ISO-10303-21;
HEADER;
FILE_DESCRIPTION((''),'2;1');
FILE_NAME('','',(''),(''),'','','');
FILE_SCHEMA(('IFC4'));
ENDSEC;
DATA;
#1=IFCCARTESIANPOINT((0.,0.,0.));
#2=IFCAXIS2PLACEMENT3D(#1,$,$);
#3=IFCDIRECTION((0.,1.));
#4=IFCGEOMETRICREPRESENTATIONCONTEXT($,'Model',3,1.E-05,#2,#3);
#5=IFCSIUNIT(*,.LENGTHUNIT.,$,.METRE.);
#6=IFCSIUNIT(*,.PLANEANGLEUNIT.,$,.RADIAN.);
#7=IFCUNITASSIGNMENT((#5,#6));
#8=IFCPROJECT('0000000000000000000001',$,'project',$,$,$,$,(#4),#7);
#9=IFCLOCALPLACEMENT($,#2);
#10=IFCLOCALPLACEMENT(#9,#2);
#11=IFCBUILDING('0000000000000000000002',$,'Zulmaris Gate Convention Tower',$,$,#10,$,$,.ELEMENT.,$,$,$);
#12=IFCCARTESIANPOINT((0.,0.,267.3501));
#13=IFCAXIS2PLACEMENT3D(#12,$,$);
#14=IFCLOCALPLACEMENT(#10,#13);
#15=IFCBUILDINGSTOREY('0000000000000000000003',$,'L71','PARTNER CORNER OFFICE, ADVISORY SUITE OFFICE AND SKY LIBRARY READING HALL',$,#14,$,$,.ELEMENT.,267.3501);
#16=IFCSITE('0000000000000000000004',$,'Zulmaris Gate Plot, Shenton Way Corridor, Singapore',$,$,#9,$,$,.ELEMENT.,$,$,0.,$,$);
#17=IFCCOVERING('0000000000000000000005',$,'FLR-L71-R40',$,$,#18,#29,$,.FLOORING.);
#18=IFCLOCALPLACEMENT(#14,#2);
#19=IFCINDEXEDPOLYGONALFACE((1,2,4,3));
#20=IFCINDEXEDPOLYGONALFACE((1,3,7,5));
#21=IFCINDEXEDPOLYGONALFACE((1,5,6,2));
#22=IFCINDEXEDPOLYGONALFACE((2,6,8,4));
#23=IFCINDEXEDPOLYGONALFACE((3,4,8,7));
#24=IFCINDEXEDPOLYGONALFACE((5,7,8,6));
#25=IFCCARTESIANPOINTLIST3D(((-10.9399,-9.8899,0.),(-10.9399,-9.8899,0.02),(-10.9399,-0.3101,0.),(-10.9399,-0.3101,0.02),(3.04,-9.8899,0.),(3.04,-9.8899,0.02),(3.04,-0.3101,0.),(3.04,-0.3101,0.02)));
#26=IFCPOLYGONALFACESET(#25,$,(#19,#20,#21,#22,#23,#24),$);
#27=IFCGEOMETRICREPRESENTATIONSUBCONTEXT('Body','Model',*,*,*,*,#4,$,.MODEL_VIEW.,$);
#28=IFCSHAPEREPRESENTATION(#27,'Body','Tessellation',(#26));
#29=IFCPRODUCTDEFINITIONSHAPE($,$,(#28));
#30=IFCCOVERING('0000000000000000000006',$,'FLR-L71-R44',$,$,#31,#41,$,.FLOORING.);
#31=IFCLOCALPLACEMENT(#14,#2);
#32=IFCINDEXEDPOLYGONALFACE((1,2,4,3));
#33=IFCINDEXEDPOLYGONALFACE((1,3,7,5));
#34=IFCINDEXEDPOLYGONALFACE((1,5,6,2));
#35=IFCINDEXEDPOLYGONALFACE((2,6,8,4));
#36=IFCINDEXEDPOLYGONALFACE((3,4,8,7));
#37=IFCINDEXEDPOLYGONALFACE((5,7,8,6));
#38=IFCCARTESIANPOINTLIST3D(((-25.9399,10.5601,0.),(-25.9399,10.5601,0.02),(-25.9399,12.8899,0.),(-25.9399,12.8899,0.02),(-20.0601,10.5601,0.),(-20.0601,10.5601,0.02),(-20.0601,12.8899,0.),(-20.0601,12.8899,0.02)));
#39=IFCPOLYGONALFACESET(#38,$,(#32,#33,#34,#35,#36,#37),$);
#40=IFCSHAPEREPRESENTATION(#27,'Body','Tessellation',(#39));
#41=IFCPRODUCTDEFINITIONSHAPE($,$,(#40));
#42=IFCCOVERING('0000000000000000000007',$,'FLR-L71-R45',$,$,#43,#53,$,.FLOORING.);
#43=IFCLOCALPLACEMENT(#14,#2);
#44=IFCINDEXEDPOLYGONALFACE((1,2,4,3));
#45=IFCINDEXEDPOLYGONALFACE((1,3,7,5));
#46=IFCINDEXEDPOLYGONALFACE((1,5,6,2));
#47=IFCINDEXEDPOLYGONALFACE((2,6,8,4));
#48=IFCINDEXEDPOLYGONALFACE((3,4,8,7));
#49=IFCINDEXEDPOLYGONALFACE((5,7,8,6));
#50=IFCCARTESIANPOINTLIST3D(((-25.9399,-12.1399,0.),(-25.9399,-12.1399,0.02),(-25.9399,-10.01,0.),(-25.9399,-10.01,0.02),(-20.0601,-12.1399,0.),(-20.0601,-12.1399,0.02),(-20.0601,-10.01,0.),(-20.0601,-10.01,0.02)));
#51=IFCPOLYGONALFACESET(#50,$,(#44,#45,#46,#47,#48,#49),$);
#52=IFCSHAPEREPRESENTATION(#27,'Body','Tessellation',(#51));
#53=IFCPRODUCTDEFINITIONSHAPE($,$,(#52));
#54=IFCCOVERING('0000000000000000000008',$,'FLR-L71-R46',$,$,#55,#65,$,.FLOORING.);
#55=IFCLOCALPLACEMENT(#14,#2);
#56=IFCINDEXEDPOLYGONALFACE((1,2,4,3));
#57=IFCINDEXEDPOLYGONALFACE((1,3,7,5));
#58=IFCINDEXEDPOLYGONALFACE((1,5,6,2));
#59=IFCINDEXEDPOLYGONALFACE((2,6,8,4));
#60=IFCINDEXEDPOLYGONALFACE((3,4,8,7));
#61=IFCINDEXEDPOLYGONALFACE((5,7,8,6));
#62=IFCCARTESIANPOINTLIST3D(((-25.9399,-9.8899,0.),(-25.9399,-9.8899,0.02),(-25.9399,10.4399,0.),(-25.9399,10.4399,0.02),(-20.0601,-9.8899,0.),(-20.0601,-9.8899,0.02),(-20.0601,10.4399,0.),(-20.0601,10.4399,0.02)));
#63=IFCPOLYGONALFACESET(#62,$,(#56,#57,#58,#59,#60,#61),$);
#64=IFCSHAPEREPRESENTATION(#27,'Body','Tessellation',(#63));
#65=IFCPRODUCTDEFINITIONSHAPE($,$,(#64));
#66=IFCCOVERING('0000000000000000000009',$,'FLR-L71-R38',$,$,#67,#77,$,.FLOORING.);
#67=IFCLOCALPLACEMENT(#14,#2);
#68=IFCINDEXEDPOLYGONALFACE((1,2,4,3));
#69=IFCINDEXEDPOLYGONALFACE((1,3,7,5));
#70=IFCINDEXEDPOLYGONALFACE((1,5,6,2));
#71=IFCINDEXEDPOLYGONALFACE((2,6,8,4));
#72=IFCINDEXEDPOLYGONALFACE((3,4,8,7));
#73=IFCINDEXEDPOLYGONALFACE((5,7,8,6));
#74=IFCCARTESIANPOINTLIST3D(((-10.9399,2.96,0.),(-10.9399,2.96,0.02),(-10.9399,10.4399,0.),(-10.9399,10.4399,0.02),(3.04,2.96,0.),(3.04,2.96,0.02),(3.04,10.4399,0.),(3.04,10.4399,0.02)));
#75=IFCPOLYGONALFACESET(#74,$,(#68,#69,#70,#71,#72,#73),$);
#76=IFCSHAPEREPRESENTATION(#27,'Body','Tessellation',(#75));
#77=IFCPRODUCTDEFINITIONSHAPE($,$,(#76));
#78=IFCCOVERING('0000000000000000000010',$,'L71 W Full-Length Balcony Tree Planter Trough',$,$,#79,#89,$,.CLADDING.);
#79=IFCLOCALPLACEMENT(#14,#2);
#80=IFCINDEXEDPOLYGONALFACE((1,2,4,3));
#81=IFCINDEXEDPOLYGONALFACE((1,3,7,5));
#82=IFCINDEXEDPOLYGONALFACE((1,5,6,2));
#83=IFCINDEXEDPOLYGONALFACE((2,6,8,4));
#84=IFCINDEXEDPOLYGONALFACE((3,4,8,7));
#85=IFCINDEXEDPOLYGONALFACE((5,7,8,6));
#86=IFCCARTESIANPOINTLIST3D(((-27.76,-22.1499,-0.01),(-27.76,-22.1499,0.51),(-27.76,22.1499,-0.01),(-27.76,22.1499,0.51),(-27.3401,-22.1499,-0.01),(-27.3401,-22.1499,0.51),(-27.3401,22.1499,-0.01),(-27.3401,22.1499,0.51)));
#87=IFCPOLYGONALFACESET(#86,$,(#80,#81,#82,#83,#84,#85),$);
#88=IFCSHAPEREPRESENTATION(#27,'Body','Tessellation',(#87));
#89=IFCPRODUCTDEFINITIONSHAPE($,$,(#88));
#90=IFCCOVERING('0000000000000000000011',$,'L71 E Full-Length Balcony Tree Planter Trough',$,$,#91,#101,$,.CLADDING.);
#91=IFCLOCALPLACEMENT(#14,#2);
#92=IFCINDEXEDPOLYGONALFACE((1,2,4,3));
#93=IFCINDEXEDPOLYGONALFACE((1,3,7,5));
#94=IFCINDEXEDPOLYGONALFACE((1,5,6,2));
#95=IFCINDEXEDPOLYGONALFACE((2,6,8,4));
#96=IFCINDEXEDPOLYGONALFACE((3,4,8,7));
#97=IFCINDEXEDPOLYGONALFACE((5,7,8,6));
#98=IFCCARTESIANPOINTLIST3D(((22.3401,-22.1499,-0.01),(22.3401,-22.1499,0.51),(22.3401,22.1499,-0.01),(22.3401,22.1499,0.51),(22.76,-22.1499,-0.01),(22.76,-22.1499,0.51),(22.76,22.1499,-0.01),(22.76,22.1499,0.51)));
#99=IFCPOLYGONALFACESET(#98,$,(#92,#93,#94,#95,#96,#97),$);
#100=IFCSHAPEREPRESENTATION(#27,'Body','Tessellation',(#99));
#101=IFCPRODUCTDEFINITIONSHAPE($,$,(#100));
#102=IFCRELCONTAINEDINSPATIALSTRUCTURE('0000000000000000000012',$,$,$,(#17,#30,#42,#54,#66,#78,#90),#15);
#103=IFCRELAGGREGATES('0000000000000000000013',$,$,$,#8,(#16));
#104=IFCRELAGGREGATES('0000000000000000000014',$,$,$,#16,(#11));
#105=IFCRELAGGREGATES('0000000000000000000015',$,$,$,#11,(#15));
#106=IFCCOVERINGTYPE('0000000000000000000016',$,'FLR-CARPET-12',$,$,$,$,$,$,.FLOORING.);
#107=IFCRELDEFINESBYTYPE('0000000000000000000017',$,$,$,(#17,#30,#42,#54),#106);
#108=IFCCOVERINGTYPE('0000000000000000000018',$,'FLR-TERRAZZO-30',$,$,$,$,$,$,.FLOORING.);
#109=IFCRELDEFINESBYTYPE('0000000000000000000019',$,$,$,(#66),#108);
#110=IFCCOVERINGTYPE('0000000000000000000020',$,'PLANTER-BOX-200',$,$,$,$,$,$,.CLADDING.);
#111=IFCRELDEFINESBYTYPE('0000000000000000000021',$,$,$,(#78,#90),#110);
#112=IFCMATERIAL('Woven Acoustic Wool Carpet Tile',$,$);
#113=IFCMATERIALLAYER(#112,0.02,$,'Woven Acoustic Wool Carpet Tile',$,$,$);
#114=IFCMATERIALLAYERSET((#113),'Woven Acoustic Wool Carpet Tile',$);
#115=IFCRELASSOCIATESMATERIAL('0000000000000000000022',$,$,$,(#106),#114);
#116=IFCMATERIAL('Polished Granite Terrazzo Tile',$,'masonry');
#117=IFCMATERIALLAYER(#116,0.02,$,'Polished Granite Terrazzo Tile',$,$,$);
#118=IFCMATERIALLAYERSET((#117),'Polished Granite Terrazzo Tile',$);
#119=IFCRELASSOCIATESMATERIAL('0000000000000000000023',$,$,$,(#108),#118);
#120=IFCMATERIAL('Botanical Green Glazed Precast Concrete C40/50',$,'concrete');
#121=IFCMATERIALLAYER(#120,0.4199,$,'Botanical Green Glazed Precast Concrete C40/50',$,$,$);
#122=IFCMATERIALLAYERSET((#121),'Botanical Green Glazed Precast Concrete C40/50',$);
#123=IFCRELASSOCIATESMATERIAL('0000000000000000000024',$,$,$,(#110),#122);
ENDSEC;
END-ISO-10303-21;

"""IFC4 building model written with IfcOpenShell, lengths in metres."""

from ifc_helpers import new_model, si_unit, direction, frame, origin, place, context, subcontext, project, spatial, polyline, outline, extrude, material, layer, layer_set, type_object, element, save


model = new_model("IFC4")

# Units and contexts
model_context = context("Model", 3, precision=1e-05, world=origin(), true_north=direction((0.0, 1.0)))
body_context = subcontext(model_context, "Body", "Model", "MODEL_VIEW")
ifc_project = project(units=[si_unit("LENGTHUNIT", "METRE"), si_unit("PLANEANGLEUNIT", "RADIAN")], contexts=[model_context])

# Site, building, storey
site_placement = place(None, origin())
site = spatial("IfcSite", under=ifc_project, at=site_placement, Name="Zulmaris Gate Plot, Shenton Way Corridor, Singapore", CompositionType="ELEMENT", RefElevation=0.0)
building_placement = place(site_placement, origin())
building = spatial("IfcBuilding", under=site, at=building_placement, Name="Zulmaris Gate Convention Tower", CompositionType="ELEMENT")
storey_placement = place(building_placement, frame((0.0, 0.0, 267.3501)))
storey = spatial("IfcBuildingStorey", under=building, at=storey_placement, Name="L71", Description="PARTNER CORNER OFFICE, ADVISORY SUITE OFFICE AND SKY LIBRARY READING HALL", CompositionType="ELEMENT", Elevation=267.3501)

# Coverings
ifc_material_1 = material(Name="Woven Acoustic Wool Carpet Tile")
ifc_layer_1 = layer(ifc_material_1, 0.02, Name="Woven Acoustic Wool Carpet Tile")
ifc_layer_set_1 = layer_set([ifc_layer_1], Name="Woven Acoustic Wool Carpet Tile")
covering_type_1 = type_object("IfcCoveringType", Name="FLR-CARPET-12", PredefinedType="FLOORING", material=ifc_layer_set_1)
covering_1_placement = place(storey_placement, origin())
element("IfcCovering", 1, at=covering_1_placement, inside=storey, type_object=covering_type_1, Name="FLR-L71-R40", PredefinedType="FLOORING", context=body_context, shape_type="SweptSolid", body=[
    extrude(outline(polyline([(-10.9399, -9.8899), (3.04, -9.8899), (3.04, -0.3101), (-10.9399, -0.3101), (-10.9399, -9.8899)])), origin(), (0.0, 0.0, 1.0), 0.02),
])
covering_2_placement = place(storey_placement, origin())
element("IfcCovering", 2, at=covering_2_placement, inside=storey, type_object=covering_type_1, Name="FLR-L71-R44", PredefinedType="FLOORING", context=body_context, shape_type="SweptSolid", body=[
    extrude(outline(polyline([(-25.9399, 10.5601), (-20.0601, 10.5601), (-20.0601, 12.8899), (-25.9399, 12.8899), (-25.9399, 10.5601)])), origin(), (0.0, 0.0, 1.0), 0.02),
])
covering_3_placement = place(storey_placement, origin())
element("IfcCovering", 3, at=covering_3_placement, inside=storey, type_object=covering_type_1, Name="FLR-L71-R45", PredefinedType="FLOORING", context=body_context, shape_type="SweptSolid", body=[
    extrude(outline(polyline([(-25.9399, -12.1399), (-20.0601, -12.1399), (-20.0601, -10.01), (-25.9399, -10.01), (-25.9399, -12.1399)])), origin(), (0.0, 0.0, 1.0), 0.02),
])
covering_4_placement = place(storey_placement, origin())
element("IfcCovering", 4, at=covering_4_placement, inside=storey, type_object=covering_type_1, Name="FLR-L71-R46", PredefinedType="FLOORING", context=body_context, shape_type="SweptSolid", body=[
    extrude(outline(polyline([(-25.9399, -9.8899), (-20.0601, -9.8899), (-20.0601, 10.4399), (-25.9399, 10.4399), (-25.9399, -9.8899)])), origin(), (0.0, 0.0, 1.0), 0.02),
])
ifc_material_2 = material(Name="Polished Granite Terrazzo Tile", Category="masonry")
ifc_layer_2 = layer(ifc_material_2, 0.02, Name="Polished Granite Terrazzo Tile")
ifc_layer_set_2 = layer_set([ifc_layer_2], Name="Polished Granite Terrazzo Tile")
covering_type_2 = type_object("IfcCoveringType", Name="FLR-TERRAZZO-30", PredefinedType="FLOORING", material=ifc_layer_set_2)
covering_5_placement = place(storey_placement, origin())
element("IfcCovering", 5, at=covering_5_placement, inside=storey, type_object=covering_type_2, Name="FLR-L71-R38", PredefinedType="FLOORING", context=body_context, shape_type="SweptSolid", body=[
    extrude(outline(polyline([(-10.9399, 2.96), (3.04, 2.96), (3.04, 10.4399), (-10.9399, 10.4399), (-10.9399, 2.96)])), origin(), (0.0, 0.0, 1.0), 0.02),
])
ifc_material_3 = material(Name="Botanical Green Glazed Precast Concrete C40/50", Category="concrete")
ifc_layer_3 = layer(ifc_material_3, 0.4199, Name="Botanical Green Glazed Precast Concrete C40/50")
ifc_layer_set_3 = layer_set([ifc_layer_3], Name="Botanical Green Glazed Precast Concrete C40/50")
covering_type_3 = type_object("IfcCoveringType", Name="PLANTER-BOX-200", PredefinedType="CLADDING", material=ifc_layer_set_3)
covering_6_placement = place(storey_placement, frame((0.0, 0.0, -0.01)))
element("IfcCovering", 6, at=covering_6_placement, inside=storey, type_object=covering_type_3, Name="L71 W Full-Length Balcony Tree Planter Trough", PredefinedType="CLADDING", context=body_context, shape_type="SweptSolid", body=[
    extrude(outline(polyline([(-27.76, -22.1499), (-27.3401, -22.1499), (-27.3401, 22.1499), (-27.76, 22.1499), (-27.76, -22.1499)])), origin(), (0.0, 0.0, 1.0), 0.52),
])
covering_7_placement = place(storey_placement, frame((0.0, 0.0, -0.01)))
element("IfcCovering", 7, at=covering_7_placement, inside=storey, type_object=covering_type_3, Name="L71 E Full-Length Balcony Tree Planter Trough", PredefinedType="CLADDING", context=body_context, shape_type="SweptSolid", body=[
    extrude(outline(polyline([(22.3401, -22.1499), (22.76, -22.1499), (22.76, 22.1499), (22.3401, 22.1499), (22.3401, -22.1499)])), origin(), (0.0, 0.0, 1.0), 0.52),
])

save(model, "model.ifc")
